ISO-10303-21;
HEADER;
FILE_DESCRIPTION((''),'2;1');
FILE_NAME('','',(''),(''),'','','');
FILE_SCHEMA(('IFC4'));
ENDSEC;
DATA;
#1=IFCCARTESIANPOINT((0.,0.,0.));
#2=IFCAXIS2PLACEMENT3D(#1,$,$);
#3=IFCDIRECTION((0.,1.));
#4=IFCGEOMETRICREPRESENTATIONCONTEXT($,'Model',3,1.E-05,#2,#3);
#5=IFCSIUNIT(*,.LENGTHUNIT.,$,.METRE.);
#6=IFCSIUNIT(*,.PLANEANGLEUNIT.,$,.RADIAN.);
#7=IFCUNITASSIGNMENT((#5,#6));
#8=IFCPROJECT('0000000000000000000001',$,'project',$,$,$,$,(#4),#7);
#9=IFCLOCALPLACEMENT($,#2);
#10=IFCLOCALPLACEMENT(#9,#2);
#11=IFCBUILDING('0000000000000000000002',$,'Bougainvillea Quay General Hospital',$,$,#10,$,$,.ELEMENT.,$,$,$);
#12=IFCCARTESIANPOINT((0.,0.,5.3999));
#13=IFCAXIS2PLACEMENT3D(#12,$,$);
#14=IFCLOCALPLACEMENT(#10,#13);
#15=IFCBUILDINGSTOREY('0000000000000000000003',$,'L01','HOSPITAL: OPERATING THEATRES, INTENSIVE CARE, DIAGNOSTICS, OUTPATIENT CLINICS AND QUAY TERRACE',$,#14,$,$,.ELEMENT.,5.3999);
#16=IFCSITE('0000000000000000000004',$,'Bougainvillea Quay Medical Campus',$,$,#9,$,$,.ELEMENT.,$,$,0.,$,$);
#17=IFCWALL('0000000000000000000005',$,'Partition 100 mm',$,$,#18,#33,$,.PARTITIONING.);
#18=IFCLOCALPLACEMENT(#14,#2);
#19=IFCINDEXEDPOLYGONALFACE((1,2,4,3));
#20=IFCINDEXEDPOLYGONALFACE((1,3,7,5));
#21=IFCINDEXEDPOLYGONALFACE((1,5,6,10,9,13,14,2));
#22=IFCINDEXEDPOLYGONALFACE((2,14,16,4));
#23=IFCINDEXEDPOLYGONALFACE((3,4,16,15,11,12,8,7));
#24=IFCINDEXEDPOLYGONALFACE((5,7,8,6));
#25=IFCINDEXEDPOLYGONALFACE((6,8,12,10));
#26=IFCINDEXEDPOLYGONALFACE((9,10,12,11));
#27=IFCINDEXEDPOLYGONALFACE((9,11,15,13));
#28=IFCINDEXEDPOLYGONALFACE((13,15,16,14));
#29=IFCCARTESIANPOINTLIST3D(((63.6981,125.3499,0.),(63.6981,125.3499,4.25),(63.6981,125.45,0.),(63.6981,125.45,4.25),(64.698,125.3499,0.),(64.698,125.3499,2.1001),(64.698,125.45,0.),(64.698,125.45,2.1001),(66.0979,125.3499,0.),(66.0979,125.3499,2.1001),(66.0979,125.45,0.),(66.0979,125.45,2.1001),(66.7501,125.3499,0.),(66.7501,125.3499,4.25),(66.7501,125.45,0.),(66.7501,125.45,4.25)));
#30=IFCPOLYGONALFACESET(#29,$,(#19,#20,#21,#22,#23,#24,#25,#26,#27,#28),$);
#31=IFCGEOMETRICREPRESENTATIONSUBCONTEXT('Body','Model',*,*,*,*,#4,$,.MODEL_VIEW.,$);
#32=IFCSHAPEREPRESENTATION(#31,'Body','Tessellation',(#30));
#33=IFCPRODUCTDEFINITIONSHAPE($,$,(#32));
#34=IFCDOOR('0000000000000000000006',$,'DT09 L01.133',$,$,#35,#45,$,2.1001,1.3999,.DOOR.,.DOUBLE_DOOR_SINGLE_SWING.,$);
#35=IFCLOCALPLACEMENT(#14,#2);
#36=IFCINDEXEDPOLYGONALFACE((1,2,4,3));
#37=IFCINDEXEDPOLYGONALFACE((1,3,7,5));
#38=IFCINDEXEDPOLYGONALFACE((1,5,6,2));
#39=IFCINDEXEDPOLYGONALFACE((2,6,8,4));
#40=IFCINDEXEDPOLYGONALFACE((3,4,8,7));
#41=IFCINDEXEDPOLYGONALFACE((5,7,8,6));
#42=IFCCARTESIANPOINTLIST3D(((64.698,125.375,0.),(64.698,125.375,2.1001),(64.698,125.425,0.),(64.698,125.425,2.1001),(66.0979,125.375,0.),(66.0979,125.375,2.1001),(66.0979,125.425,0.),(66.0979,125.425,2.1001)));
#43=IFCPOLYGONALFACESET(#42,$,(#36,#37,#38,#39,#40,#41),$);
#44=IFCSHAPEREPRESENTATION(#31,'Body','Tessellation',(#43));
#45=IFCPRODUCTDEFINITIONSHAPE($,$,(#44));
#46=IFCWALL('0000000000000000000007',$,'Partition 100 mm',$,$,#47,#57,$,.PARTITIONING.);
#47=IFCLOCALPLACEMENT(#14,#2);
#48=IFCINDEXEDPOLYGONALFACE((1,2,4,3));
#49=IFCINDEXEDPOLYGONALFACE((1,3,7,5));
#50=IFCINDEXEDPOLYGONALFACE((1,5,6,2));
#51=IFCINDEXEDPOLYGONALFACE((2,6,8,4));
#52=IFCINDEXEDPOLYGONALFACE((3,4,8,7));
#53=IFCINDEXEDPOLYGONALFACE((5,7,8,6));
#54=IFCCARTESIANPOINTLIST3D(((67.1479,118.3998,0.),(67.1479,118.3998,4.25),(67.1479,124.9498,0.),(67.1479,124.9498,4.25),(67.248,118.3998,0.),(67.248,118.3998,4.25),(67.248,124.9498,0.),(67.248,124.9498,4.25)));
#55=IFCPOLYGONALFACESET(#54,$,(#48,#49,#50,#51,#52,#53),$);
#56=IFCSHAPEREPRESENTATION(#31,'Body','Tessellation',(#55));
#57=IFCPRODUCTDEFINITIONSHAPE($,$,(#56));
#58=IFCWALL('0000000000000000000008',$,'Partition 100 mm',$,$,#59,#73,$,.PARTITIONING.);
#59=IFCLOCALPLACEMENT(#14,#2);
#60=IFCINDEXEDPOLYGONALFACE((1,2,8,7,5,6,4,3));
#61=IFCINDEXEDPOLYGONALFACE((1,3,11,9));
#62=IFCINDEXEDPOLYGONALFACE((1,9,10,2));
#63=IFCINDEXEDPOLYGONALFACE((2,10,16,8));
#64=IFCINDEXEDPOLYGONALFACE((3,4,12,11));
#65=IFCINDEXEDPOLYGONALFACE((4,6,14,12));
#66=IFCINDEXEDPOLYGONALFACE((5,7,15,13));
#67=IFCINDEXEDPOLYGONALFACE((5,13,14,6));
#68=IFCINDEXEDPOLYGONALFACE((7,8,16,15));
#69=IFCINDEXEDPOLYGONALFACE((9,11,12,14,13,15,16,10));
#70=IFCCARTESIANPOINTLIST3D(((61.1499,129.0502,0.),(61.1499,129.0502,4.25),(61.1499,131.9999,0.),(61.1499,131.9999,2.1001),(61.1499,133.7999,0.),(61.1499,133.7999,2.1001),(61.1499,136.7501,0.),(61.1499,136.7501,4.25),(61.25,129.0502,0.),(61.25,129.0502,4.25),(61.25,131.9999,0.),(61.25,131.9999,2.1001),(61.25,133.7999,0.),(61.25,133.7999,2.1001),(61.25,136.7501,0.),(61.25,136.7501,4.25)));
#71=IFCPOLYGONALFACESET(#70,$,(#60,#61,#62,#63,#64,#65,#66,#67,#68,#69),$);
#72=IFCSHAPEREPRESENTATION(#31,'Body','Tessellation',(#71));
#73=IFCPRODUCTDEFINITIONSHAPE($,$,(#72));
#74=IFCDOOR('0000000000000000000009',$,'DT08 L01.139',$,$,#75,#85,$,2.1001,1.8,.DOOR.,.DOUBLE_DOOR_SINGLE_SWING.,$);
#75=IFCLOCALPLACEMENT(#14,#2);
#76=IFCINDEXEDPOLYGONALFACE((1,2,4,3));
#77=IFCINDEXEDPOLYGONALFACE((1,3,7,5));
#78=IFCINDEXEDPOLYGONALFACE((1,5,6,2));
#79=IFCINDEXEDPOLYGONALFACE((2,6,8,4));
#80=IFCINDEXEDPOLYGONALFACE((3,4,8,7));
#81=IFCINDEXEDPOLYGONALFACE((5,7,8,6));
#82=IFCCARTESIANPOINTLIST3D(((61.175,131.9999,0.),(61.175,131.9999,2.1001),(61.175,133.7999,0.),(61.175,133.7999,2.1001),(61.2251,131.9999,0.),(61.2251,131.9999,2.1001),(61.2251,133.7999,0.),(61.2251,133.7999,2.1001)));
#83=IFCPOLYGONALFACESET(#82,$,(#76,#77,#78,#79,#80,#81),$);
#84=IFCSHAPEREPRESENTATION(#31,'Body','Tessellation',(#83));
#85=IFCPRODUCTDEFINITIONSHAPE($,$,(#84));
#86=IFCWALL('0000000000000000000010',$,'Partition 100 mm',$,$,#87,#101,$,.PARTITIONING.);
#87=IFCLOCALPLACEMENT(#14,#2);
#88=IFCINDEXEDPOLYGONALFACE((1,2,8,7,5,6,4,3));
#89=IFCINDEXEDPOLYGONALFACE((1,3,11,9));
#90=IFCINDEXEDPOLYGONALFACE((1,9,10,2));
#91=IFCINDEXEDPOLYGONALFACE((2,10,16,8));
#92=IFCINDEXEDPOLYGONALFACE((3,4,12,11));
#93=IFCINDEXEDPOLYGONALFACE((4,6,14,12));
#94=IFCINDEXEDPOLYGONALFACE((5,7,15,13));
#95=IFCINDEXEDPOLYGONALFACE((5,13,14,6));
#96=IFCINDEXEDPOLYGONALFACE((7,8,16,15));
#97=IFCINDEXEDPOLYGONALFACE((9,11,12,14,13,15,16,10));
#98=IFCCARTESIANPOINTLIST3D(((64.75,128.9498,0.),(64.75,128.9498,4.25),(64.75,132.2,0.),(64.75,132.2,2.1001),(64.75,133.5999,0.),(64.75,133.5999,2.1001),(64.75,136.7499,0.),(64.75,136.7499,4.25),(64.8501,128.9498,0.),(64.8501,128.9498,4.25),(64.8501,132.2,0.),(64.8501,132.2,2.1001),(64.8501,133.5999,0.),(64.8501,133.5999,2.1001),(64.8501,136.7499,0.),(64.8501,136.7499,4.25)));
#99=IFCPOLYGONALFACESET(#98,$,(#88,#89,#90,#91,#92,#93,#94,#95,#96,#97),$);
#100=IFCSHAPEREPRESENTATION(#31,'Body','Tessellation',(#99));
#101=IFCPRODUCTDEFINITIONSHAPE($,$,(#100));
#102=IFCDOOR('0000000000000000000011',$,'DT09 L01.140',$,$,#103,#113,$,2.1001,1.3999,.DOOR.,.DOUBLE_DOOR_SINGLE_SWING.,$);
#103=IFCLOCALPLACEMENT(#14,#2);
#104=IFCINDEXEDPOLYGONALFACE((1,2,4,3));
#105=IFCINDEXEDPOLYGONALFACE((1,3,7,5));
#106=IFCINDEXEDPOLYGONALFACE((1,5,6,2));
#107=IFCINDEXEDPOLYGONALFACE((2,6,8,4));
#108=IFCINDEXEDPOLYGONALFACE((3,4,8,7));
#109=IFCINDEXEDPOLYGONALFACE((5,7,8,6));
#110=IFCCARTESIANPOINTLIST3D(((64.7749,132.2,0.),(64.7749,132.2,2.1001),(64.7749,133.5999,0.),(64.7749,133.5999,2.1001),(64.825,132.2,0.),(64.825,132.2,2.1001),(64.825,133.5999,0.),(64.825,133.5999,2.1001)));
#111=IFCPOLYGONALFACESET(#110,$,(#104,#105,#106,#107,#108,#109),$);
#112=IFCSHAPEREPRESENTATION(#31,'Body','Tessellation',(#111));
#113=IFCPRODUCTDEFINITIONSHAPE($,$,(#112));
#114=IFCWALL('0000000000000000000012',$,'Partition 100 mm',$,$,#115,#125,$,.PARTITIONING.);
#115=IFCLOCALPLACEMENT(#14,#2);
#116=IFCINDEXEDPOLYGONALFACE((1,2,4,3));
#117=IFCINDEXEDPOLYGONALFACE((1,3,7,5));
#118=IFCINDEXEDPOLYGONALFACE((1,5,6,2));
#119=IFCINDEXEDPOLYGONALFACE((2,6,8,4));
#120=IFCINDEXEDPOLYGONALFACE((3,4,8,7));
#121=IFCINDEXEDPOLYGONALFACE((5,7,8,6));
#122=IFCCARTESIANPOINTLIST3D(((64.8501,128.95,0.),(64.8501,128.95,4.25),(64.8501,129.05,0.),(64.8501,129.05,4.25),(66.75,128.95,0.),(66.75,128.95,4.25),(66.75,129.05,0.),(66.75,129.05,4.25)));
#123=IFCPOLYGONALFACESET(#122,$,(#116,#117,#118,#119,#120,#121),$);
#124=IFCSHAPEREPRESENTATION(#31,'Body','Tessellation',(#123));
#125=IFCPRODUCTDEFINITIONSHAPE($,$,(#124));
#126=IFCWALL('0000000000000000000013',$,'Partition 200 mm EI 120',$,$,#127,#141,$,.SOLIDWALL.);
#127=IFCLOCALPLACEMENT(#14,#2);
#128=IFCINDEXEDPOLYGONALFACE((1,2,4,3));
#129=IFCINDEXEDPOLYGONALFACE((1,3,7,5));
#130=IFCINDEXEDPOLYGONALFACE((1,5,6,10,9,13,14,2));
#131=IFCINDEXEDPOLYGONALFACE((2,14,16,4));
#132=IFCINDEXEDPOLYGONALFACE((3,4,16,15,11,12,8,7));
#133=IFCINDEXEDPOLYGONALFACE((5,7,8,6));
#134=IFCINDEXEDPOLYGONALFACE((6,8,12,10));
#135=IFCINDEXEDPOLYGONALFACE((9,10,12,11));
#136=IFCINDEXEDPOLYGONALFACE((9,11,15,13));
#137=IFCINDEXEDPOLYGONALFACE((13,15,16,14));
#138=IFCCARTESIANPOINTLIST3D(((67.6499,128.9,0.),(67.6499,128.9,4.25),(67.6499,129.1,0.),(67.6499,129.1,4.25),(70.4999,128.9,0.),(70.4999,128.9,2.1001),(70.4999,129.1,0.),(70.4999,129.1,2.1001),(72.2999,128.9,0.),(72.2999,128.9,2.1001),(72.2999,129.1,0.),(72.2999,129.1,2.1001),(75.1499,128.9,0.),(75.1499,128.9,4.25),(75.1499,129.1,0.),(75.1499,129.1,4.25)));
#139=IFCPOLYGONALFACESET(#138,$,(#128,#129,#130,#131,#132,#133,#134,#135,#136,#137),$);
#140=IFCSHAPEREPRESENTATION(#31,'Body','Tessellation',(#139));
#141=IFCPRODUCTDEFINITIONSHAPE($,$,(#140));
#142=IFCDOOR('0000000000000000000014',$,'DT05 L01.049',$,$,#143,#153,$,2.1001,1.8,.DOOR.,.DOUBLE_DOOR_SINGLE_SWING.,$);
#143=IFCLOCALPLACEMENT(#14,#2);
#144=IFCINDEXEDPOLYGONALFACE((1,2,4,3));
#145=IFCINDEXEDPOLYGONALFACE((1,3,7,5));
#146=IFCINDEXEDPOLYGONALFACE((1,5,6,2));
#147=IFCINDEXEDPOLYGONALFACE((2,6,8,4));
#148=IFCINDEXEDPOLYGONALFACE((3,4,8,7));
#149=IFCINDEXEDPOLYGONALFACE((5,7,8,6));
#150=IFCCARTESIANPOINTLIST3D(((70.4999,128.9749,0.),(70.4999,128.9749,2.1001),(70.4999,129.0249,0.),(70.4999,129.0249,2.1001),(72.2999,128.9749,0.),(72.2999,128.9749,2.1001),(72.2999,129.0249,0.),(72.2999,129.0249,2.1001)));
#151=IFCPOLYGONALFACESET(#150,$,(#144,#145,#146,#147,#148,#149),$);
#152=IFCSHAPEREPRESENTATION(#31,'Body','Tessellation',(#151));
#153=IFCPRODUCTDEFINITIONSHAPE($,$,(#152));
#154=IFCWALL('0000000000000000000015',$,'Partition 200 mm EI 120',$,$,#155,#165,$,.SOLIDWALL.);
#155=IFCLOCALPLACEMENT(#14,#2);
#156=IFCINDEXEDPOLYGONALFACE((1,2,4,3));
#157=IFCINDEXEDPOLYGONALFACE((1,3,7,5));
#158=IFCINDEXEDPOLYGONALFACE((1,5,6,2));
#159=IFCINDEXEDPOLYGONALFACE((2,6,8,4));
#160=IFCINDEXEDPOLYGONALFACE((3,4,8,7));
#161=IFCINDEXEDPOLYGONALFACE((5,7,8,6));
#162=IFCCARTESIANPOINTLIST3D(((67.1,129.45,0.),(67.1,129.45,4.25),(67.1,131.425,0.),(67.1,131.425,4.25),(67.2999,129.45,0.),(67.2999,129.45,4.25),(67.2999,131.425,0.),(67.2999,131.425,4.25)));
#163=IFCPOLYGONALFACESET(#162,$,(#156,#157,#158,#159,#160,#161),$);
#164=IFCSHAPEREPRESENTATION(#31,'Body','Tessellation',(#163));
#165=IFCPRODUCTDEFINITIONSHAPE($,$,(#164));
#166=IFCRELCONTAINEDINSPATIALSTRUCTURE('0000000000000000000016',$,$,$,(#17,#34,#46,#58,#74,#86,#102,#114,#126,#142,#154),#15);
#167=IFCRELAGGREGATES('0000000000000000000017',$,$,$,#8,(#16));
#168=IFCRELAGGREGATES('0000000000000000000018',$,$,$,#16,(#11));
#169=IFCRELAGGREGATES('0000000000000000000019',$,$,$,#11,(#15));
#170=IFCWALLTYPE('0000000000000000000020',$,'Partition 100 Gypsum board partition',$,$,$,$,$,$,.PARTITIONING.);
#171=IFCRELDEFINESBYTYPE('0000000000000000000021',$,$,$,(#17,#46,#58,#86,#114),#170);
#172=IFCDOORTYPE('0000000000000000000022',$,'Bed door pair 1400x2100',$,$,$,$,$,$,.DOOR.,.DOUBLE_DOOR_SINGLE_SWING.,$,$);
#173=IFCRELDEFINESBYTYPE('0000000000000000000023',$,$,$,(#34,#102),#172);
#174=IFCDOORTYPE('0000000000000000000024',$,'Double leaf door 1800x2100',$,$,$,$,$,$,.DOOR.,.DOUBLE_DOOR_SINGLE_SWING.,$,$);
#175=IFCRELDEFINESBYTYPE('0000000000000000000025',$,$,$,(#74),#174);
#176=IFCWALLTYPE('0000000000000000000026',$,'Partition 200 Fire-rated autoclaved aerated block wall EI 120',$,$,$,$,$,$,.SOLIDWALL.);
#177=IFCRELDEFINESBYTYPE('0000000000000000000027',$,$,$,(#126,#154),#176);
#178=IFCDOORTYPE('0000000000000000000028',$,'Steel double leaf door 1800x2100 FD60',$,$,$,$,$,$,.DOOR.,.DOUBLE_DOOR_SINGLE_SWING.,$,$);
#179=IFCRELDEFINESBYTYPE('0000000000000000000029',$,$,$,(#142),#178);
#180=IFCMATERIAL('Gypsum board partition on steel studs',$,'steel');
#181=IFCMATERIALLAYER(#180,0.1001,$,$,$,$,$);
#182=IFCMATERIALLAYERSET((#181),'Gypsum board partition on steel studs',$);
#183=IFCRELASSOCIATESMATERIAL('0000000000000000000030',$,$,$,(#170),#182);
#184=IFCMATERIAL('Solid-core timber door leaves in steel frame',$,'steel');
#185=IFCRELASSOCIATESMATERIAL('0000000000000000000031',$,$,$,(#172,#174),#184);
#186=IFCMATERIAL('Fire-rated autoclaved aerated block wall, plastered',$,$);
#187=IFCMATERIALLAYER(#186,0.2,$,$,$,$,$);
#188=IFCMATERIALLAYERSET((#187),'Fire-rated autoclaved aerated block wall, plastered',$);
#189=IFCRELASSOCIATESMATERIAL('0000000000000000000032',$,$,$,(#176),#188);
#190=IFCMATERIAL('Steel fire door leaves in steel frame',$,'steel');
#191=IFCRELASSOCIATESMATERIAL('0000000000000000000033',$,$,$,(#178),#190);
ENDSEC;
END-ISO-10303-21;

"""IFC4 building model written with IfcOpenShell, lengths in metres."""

from ifc_helpers import new_model, si_unit, direction, frame, frame_2d, origin, place, context, subcontext, project, spatial, rectangle, extrude, material, layer, layer_set, type_object, element, fill, save


model = new_model("IFC4")

# Units and contexts
model_context = context("Model", 3, precision=1e-05, world=origin(), true_north=direction((0.0, 1.0)))
body_context = subcontext(model_context, "Body", "Model", "MODEL_VIEW")
ifc_project = project(units=[si_unit("LENGTHUNIT", "METRE"), si_unit("PLANEANGLEUNIT", "RADIAN")], contexts=[model_context])

# Site, building, storey
site_placement = place(None, origin())
site = spatial("IfcSite", under=ifc_project, at=site_placement, Name="Bougainvillea Quay Medical Campus", CompositionType="ELEMENT", RefElevation=0.0)
building_placement = place(site_placement, origin())
building = spatial("IfcBuilding", under=site, at=building_placement, Name="Bougainvillea Quay General Hospital", CompositionType="ELEMENT")
storey_placement = place(building_placement, frame((0.0, 0.0, 5.3999)))
storey = spatial("IfcBuildingStorey", under=building, at=storey_placement, Name="L01", Description="HOSPITAL: OPERATING THEATRES, INTENSIVE CARE, DIAGNOSTICS, OUTPATIENT CLINICS AND QUAY TERRACE", CompositionType="ELEMENT", Elevation=5.3999)

# Shared definitions
ifc_material_1 = material(Name="Gypsum board partition on steel studs", Category="steel")
ifc_layer_1 = layer(ifc_material_1, 0.1001)
ifc_layer_set_1 = layer_set([ifc_layer_1], Name="Gypsum board partition on steel studs")
wall_type_1 = type_object("IfcWallType", Name="Partition 100 Gypsum board partition", PredefinedType="PARTITIONING", material=ifc_layer_set_1)

# Shared definitions
ifc_material_2 = material(Name="Solid-core timber door leaves in steel frame", Category="steel")
door_type_1 = type_object("IfcDoorType", Name="Bed door pair 1400x2100", OperationType="DOUBLE_DOOR_SINGLE_SWING", PredefinedType="DOOR", material=ifc_material_2)

# Wall, opening, door
wall_1_placement = place(storey_placement, frame((66.75, 125.3999, 0.0), z_axis=(0.0, 0.0, 1.0), x_axis=(-1.0, 0.0, 0.0)))
wall_1 = element("IfcWall", 1, at=wall_1_placement, inside=storey, type_object=wall_type_1, Name="Partition 100 mm", PredefinedType="PARTITIONING", context=body_context, shape_type="SweptSolid", body=[
    extrude(rectangle(XDim=3.052, YDim=0.1001, at=frame_2d((1.5259, 0.0))), origin(), (0.0, 0.0, 1.0), 4.25),
])
opening_1_placement = place(wall_1_placement, frame((0.6521, 0.0, 0.0)))
opening_1 = element("IfcOpeningElement", 2, at=opening_1_placement, cuts=wall_1, PredefinedType="OPENING", context=body_context, shape_type="SweptSolid", body=[
    extrude(rectangle(XDim=1.3999, YDim=2.1001, at=frame_2d((0.7, 1.05))), frame((0.0, 0.0601, 0.0), z_axis=(0.0, -1.0, 0.0), x_axis=(1.0, 0.0, 0.0)), (0.0, 0.0, 1.0), 0.1201),
])
door_1_placement = place(opening_1_placement, origin())
door_1 = element("IfcDoor", 3, at=door_1_placement, inside=storey, type_object=door_type_1, Name="DT09 L01.133", OperationType="DOUBLE_DOOR_SINGLE_SWING", OverallHeight=2.1001, OverallWidth=1.3999, PredefinedType="DOOR", context=body_context, shape_type="SweptSolid", body=[
    extrude(rectangle(XDim=1.3999, YDim=2.1001, at=frame_2d((0.7, 1.05))), frame((0.0, 0.0249, 0.0), z_axis=(0.0, -1.0, 0.0), x_axis=(1.0, 0.0, 0.0)), (0.0, 0.0, 1.0), 0.05),
])
fill(opening_1, door_1)

# Wall
wall_2_placement = place(storey_placement, frame((67.198, 118.3999, 0.0), z_axis=(0.0, 0.0, 1.0), x_axis=(0.0, 1.0, 0.0)))
element("IfcWall", 4, at=wall_2_placement, inside=storey, type_object=wall_type_1, Name="Partition 100 mm", PredefinedType="PARTITIONING", context=body_context, shape_type="SweptSolid", body=[
    extrude(rectangle(XDim=6.55, YDim=0.1001, at=frame_2d((3.2749, 0.0))), origin(), (0.0, 0.0, 1.0), 4.25),
])

# Walls, openings, doors
wall_3_placement = place(storey_placement, frame((61.2, 129.05, 0.0), z_axis=(0.0, 0.0, 1.0), x_axis=(0.0, 1.0, 0.0)))
wall_3 = element("IfcWall", 5, at=wall_3_placement, inside=storey, type_object=wall_type_1, Name="Partition 100 mm", PredefinedType="PARTITIONING", context=body_context, shape_type="SweptSolid", body=[
    extrude(rectangle(XDim=7.7, YDim=0.1001, at=frame_2d((3.8501, 0.0))), origin(), (0.0, 0.0, 1.0), 4.25),
])
opening_2_placement = place(wall_3_placement, frame((2.95, 0.0, 0.0)))
opening_2 = element("IfcOpeningElement", 6, at=opening_2_placement, cuts=wall_3, PredefinedType="OPENING", context=body_context, shape_type="SweptSolid", body=[
    extrude(rectangle(XDim=1.8, YDim=2.1001, at=frame_2d((0.8999, 1.05))), frame((0.0, 0.0601, 0.0), z_axis=(0.0, -1.0, 0.0), x_axis=(1.0, 0.0, 0.0)), (0.0, 0.0, 1.0), 0.1201),
])
door_type_2 = type_object("IfcDoorType", Name="Double leaf door 1800x2100", OperationType="DOUBLE_DOOR_SINGLE_SWING", PredefinedType="DOOR", material=ifc_material_2)
door_2_placement = place(opening_2_placement, origin())
door_2 = element("IfcDoor", 7, at=door_2_placement, inside=storey, type_object=door_type_2, Name="DT08 L01.139", OperationType="DOUBLE_DOOR_SINGLE_SWING", OverallHeight=2.1001, OverallWidth=1.8, PredefinedType="DOOR", context=body_context, shape_type="SweptSolid", body=[
    extrude(rectangle(XDim=1.8, YDim=2.1001, at=frame_2d((0.8999, 1.05))), frame((0.0, 0.0249, 0.0), z_axis=(0.0, -1.0, 0.0), x_axis=(1.0, 0.0, 0.0)), (0.0, 0.0, 1.0), 0.05),
])
fill(opening_2, door_2)
wall_4_placement = place(storey_placement, frame((64.8, 128.95, 0.0), z_axis=(0.0, 0.0, 1.0), x_axis=(0.0, 1.0, 0.0)))
wall_4 = element("IfcWall", 8, at=wall_4_placement, inside=storey, type_object=wall_type_1, Name="Partition 100 mm", PredefinedType="PARTITIONING", context=body_context, shape_type="SweptSolid", body=[
    extrude(rectangle(XDim=7.8, YDim=0.1001, at=frame_2d((3.8999, 0.0))), origin(), (0.0, 0.0, 1.0), 4.25),
])
opening_3_placement = place(wall_4_placement, frame((3.25, 0.0, 0.0)))
opening_3 = element("IfcOpeningElement", 9, at=opening_3_placement, cuts=wall_4, PredefinedType="OPENING", context=body_context, shape_type="SweptSolid", body=[
    extrude(rectangle(XDim=1.3999, YDim=2.1001, at=frame_2d((0.7, 1.05))), frame((0.0, 0.0601, 0.0), z_axis=(0.0, -1.0, 0.0), x_axis=(1.0, 0.0, 0.0)), (0.0, 0.0, 1.0), 0.1201),
])
door_3_placement = place(opening_3_placement, frame((1.3999, 0.0, 0.0), z_axis=(0.0, 0.0, 1.0), x_axis=(-1.0, 0.0, 0.0)))
door_3 = element("IfcDoor", 10, at=door_3_placement, inside=storey, type_object=door_type_1, Name="DT09 L01.140", OperationType="DOUBLE_DOOR_SINGLE_SWING", OverallHeight=2.1001, OverallWidth=1.3999, PredefinedType="DOOR", context=body_context, shape_type="SweptSolid", body=[
    extrude(rectangle(XDim=1.3999, YDim=2.1001, at=frame_2d((0.7, 1.05))), frame((0.0, 0.0249, 0.0), z_axis=(0.0, -1.0, 0.0), x_axis=(1.0, 0.0, 0.0)), (0.0, 0.0, 1.0), 0.05),
])
fill(opening_3, door_3)

# Wall
wall_5_placement = place(storey_placement, frame((64.8501, 129.0, 0.0), z_axis=(0.0, 0.0, 1.0), x_axis=(1.0, 0.0, 0.0)))
element("IfcWall", 11, at=wall_5_placement, inside=storey, type_object=wall_type_1, Name="Partition 100 mm", PredefinedType="PARTITIONING", context=body_context, shape_type="SweptSolid", body=[
    extrude(rectangle(XDim=1.8999, YDim=0.1001, at=frame_2d((0.95, 0.0))), origin(), (0.0, 0.0, 1.0), 4.25),
])

# Wall, opening, door
ifc_material_3 = material(Name="Fire-rated autoclaved aerated block wall, plastered")
ifc_layer_2 = layer(ifc_material_3, 0.2)
ifc_layer_set_2 = layer_set([ifc_layer_2], Name="Fire-rated autoclaved aerated block wall, plastered")
wall_type_2 = type_object("IfcWallType", Name="Partition 200 Fire-rated autoclaved aerated block wall EI 120", PredefinedType="SOLIDWALL", material=ifc_layer_set_2)
wall_6_placement = place(storey_placement, frame((67.6499, 129.0, 0.0), z_axis=(0.0, 0.0, 1.0), x_axis=(1.0, 0.0, 0.0)))
wall_6 = element("IfcWall", 12, at=wall_6_placement, inside=storey, type_object=wall_type_2, Name="Partition 200 mm EI 120", PredefinedType="SOLIDWALL", context=body_context, shape_type="SweptSolid", body=[
    extrude(rectangle(XDim=7.5, YDim=0.2, at=frame_2d((3.75, 0.0))), origin(), (0.0, 0.0, 1.0), 4.25),
])
opening_4_placement = place(wall_6_placement, frame((2.8501, 0.0, 0.0)))
opening_4 = element("IfcOpeningElement", 13, at=opening_4_placement, cuts=wall_6, PredefinedType="OPENING", context=body_context, shape_type="SweptSolid", body=[
    extrude(rectangle(XDim=1.8, YDim=2.1001, at=frame_2d((0.8999, 1.05))), frame((0.0, 0.1099, 0.0), z_axis=(0.0, -1.0, 0.0), x_axis=(1.0, 0.0, 0.0)), (0.0, 0.0, 1.0), 0.22),
])
ifc_material_4 = material(Name="Steel fire door leaves in steel frame", Category="steel")
door_type_3 = type_object("IfcDoorType", Name="Steel double leaf door 1800x2100 FD60", OperationType="DOUBLE_DOOR_SINGLE_SWING", PredefinedType="DOOR", material=ifc_material_4)
door_4_placement = place(opening_4_placement, origin())
door_4 = element("IfcDoor", 14, at=door_4_placement, inside=storey, type_object=door_type_3, Name="DT05 L01.049", OperationType="DOUBLE_DOOR_SINGLE_SWING", OverallHeight=2.1001, OverallWidth=1.8, PredefinedType="DOOR", context=body_context, shape_type="SweptSolid", body=[
    extrude(rectangle(XDim=1.8, YDim=2.1001, at=frame_2d((0.8999, 1.05))), frame((0.0, 0.0249, 0.0), z_axis=(0.0, -1.0, 0.0), x_axis=(1.0, 0.0, 0.0)), (0.0, 0.0, 1.0), 0.05),
])
fill(opening_4, door_4)

# Wall
wall_7_placement = place(storey_placement, frame((67.2, 129.45, 0.0), z_axis=(0.0, 0.0, 1.0), x_axis=(0.0, 1.0, 0.0)))
element("IfcWall", 15, at=wall_7_placement, inside=storey, type_object=wall_type_2, Name="Partition 200 mm EI 120", PredefinedType="SOLIDWALL", context=body_context, shape_type="SweptSolid", body=[
    extrude(rectangle(XDim=1.9751, YDim=0.2, at=frame_2d((0.9875, 0.0))), origin(), (0.0, 0.0, 1.0), 4.25),
])

save(model, "model.ifc")
